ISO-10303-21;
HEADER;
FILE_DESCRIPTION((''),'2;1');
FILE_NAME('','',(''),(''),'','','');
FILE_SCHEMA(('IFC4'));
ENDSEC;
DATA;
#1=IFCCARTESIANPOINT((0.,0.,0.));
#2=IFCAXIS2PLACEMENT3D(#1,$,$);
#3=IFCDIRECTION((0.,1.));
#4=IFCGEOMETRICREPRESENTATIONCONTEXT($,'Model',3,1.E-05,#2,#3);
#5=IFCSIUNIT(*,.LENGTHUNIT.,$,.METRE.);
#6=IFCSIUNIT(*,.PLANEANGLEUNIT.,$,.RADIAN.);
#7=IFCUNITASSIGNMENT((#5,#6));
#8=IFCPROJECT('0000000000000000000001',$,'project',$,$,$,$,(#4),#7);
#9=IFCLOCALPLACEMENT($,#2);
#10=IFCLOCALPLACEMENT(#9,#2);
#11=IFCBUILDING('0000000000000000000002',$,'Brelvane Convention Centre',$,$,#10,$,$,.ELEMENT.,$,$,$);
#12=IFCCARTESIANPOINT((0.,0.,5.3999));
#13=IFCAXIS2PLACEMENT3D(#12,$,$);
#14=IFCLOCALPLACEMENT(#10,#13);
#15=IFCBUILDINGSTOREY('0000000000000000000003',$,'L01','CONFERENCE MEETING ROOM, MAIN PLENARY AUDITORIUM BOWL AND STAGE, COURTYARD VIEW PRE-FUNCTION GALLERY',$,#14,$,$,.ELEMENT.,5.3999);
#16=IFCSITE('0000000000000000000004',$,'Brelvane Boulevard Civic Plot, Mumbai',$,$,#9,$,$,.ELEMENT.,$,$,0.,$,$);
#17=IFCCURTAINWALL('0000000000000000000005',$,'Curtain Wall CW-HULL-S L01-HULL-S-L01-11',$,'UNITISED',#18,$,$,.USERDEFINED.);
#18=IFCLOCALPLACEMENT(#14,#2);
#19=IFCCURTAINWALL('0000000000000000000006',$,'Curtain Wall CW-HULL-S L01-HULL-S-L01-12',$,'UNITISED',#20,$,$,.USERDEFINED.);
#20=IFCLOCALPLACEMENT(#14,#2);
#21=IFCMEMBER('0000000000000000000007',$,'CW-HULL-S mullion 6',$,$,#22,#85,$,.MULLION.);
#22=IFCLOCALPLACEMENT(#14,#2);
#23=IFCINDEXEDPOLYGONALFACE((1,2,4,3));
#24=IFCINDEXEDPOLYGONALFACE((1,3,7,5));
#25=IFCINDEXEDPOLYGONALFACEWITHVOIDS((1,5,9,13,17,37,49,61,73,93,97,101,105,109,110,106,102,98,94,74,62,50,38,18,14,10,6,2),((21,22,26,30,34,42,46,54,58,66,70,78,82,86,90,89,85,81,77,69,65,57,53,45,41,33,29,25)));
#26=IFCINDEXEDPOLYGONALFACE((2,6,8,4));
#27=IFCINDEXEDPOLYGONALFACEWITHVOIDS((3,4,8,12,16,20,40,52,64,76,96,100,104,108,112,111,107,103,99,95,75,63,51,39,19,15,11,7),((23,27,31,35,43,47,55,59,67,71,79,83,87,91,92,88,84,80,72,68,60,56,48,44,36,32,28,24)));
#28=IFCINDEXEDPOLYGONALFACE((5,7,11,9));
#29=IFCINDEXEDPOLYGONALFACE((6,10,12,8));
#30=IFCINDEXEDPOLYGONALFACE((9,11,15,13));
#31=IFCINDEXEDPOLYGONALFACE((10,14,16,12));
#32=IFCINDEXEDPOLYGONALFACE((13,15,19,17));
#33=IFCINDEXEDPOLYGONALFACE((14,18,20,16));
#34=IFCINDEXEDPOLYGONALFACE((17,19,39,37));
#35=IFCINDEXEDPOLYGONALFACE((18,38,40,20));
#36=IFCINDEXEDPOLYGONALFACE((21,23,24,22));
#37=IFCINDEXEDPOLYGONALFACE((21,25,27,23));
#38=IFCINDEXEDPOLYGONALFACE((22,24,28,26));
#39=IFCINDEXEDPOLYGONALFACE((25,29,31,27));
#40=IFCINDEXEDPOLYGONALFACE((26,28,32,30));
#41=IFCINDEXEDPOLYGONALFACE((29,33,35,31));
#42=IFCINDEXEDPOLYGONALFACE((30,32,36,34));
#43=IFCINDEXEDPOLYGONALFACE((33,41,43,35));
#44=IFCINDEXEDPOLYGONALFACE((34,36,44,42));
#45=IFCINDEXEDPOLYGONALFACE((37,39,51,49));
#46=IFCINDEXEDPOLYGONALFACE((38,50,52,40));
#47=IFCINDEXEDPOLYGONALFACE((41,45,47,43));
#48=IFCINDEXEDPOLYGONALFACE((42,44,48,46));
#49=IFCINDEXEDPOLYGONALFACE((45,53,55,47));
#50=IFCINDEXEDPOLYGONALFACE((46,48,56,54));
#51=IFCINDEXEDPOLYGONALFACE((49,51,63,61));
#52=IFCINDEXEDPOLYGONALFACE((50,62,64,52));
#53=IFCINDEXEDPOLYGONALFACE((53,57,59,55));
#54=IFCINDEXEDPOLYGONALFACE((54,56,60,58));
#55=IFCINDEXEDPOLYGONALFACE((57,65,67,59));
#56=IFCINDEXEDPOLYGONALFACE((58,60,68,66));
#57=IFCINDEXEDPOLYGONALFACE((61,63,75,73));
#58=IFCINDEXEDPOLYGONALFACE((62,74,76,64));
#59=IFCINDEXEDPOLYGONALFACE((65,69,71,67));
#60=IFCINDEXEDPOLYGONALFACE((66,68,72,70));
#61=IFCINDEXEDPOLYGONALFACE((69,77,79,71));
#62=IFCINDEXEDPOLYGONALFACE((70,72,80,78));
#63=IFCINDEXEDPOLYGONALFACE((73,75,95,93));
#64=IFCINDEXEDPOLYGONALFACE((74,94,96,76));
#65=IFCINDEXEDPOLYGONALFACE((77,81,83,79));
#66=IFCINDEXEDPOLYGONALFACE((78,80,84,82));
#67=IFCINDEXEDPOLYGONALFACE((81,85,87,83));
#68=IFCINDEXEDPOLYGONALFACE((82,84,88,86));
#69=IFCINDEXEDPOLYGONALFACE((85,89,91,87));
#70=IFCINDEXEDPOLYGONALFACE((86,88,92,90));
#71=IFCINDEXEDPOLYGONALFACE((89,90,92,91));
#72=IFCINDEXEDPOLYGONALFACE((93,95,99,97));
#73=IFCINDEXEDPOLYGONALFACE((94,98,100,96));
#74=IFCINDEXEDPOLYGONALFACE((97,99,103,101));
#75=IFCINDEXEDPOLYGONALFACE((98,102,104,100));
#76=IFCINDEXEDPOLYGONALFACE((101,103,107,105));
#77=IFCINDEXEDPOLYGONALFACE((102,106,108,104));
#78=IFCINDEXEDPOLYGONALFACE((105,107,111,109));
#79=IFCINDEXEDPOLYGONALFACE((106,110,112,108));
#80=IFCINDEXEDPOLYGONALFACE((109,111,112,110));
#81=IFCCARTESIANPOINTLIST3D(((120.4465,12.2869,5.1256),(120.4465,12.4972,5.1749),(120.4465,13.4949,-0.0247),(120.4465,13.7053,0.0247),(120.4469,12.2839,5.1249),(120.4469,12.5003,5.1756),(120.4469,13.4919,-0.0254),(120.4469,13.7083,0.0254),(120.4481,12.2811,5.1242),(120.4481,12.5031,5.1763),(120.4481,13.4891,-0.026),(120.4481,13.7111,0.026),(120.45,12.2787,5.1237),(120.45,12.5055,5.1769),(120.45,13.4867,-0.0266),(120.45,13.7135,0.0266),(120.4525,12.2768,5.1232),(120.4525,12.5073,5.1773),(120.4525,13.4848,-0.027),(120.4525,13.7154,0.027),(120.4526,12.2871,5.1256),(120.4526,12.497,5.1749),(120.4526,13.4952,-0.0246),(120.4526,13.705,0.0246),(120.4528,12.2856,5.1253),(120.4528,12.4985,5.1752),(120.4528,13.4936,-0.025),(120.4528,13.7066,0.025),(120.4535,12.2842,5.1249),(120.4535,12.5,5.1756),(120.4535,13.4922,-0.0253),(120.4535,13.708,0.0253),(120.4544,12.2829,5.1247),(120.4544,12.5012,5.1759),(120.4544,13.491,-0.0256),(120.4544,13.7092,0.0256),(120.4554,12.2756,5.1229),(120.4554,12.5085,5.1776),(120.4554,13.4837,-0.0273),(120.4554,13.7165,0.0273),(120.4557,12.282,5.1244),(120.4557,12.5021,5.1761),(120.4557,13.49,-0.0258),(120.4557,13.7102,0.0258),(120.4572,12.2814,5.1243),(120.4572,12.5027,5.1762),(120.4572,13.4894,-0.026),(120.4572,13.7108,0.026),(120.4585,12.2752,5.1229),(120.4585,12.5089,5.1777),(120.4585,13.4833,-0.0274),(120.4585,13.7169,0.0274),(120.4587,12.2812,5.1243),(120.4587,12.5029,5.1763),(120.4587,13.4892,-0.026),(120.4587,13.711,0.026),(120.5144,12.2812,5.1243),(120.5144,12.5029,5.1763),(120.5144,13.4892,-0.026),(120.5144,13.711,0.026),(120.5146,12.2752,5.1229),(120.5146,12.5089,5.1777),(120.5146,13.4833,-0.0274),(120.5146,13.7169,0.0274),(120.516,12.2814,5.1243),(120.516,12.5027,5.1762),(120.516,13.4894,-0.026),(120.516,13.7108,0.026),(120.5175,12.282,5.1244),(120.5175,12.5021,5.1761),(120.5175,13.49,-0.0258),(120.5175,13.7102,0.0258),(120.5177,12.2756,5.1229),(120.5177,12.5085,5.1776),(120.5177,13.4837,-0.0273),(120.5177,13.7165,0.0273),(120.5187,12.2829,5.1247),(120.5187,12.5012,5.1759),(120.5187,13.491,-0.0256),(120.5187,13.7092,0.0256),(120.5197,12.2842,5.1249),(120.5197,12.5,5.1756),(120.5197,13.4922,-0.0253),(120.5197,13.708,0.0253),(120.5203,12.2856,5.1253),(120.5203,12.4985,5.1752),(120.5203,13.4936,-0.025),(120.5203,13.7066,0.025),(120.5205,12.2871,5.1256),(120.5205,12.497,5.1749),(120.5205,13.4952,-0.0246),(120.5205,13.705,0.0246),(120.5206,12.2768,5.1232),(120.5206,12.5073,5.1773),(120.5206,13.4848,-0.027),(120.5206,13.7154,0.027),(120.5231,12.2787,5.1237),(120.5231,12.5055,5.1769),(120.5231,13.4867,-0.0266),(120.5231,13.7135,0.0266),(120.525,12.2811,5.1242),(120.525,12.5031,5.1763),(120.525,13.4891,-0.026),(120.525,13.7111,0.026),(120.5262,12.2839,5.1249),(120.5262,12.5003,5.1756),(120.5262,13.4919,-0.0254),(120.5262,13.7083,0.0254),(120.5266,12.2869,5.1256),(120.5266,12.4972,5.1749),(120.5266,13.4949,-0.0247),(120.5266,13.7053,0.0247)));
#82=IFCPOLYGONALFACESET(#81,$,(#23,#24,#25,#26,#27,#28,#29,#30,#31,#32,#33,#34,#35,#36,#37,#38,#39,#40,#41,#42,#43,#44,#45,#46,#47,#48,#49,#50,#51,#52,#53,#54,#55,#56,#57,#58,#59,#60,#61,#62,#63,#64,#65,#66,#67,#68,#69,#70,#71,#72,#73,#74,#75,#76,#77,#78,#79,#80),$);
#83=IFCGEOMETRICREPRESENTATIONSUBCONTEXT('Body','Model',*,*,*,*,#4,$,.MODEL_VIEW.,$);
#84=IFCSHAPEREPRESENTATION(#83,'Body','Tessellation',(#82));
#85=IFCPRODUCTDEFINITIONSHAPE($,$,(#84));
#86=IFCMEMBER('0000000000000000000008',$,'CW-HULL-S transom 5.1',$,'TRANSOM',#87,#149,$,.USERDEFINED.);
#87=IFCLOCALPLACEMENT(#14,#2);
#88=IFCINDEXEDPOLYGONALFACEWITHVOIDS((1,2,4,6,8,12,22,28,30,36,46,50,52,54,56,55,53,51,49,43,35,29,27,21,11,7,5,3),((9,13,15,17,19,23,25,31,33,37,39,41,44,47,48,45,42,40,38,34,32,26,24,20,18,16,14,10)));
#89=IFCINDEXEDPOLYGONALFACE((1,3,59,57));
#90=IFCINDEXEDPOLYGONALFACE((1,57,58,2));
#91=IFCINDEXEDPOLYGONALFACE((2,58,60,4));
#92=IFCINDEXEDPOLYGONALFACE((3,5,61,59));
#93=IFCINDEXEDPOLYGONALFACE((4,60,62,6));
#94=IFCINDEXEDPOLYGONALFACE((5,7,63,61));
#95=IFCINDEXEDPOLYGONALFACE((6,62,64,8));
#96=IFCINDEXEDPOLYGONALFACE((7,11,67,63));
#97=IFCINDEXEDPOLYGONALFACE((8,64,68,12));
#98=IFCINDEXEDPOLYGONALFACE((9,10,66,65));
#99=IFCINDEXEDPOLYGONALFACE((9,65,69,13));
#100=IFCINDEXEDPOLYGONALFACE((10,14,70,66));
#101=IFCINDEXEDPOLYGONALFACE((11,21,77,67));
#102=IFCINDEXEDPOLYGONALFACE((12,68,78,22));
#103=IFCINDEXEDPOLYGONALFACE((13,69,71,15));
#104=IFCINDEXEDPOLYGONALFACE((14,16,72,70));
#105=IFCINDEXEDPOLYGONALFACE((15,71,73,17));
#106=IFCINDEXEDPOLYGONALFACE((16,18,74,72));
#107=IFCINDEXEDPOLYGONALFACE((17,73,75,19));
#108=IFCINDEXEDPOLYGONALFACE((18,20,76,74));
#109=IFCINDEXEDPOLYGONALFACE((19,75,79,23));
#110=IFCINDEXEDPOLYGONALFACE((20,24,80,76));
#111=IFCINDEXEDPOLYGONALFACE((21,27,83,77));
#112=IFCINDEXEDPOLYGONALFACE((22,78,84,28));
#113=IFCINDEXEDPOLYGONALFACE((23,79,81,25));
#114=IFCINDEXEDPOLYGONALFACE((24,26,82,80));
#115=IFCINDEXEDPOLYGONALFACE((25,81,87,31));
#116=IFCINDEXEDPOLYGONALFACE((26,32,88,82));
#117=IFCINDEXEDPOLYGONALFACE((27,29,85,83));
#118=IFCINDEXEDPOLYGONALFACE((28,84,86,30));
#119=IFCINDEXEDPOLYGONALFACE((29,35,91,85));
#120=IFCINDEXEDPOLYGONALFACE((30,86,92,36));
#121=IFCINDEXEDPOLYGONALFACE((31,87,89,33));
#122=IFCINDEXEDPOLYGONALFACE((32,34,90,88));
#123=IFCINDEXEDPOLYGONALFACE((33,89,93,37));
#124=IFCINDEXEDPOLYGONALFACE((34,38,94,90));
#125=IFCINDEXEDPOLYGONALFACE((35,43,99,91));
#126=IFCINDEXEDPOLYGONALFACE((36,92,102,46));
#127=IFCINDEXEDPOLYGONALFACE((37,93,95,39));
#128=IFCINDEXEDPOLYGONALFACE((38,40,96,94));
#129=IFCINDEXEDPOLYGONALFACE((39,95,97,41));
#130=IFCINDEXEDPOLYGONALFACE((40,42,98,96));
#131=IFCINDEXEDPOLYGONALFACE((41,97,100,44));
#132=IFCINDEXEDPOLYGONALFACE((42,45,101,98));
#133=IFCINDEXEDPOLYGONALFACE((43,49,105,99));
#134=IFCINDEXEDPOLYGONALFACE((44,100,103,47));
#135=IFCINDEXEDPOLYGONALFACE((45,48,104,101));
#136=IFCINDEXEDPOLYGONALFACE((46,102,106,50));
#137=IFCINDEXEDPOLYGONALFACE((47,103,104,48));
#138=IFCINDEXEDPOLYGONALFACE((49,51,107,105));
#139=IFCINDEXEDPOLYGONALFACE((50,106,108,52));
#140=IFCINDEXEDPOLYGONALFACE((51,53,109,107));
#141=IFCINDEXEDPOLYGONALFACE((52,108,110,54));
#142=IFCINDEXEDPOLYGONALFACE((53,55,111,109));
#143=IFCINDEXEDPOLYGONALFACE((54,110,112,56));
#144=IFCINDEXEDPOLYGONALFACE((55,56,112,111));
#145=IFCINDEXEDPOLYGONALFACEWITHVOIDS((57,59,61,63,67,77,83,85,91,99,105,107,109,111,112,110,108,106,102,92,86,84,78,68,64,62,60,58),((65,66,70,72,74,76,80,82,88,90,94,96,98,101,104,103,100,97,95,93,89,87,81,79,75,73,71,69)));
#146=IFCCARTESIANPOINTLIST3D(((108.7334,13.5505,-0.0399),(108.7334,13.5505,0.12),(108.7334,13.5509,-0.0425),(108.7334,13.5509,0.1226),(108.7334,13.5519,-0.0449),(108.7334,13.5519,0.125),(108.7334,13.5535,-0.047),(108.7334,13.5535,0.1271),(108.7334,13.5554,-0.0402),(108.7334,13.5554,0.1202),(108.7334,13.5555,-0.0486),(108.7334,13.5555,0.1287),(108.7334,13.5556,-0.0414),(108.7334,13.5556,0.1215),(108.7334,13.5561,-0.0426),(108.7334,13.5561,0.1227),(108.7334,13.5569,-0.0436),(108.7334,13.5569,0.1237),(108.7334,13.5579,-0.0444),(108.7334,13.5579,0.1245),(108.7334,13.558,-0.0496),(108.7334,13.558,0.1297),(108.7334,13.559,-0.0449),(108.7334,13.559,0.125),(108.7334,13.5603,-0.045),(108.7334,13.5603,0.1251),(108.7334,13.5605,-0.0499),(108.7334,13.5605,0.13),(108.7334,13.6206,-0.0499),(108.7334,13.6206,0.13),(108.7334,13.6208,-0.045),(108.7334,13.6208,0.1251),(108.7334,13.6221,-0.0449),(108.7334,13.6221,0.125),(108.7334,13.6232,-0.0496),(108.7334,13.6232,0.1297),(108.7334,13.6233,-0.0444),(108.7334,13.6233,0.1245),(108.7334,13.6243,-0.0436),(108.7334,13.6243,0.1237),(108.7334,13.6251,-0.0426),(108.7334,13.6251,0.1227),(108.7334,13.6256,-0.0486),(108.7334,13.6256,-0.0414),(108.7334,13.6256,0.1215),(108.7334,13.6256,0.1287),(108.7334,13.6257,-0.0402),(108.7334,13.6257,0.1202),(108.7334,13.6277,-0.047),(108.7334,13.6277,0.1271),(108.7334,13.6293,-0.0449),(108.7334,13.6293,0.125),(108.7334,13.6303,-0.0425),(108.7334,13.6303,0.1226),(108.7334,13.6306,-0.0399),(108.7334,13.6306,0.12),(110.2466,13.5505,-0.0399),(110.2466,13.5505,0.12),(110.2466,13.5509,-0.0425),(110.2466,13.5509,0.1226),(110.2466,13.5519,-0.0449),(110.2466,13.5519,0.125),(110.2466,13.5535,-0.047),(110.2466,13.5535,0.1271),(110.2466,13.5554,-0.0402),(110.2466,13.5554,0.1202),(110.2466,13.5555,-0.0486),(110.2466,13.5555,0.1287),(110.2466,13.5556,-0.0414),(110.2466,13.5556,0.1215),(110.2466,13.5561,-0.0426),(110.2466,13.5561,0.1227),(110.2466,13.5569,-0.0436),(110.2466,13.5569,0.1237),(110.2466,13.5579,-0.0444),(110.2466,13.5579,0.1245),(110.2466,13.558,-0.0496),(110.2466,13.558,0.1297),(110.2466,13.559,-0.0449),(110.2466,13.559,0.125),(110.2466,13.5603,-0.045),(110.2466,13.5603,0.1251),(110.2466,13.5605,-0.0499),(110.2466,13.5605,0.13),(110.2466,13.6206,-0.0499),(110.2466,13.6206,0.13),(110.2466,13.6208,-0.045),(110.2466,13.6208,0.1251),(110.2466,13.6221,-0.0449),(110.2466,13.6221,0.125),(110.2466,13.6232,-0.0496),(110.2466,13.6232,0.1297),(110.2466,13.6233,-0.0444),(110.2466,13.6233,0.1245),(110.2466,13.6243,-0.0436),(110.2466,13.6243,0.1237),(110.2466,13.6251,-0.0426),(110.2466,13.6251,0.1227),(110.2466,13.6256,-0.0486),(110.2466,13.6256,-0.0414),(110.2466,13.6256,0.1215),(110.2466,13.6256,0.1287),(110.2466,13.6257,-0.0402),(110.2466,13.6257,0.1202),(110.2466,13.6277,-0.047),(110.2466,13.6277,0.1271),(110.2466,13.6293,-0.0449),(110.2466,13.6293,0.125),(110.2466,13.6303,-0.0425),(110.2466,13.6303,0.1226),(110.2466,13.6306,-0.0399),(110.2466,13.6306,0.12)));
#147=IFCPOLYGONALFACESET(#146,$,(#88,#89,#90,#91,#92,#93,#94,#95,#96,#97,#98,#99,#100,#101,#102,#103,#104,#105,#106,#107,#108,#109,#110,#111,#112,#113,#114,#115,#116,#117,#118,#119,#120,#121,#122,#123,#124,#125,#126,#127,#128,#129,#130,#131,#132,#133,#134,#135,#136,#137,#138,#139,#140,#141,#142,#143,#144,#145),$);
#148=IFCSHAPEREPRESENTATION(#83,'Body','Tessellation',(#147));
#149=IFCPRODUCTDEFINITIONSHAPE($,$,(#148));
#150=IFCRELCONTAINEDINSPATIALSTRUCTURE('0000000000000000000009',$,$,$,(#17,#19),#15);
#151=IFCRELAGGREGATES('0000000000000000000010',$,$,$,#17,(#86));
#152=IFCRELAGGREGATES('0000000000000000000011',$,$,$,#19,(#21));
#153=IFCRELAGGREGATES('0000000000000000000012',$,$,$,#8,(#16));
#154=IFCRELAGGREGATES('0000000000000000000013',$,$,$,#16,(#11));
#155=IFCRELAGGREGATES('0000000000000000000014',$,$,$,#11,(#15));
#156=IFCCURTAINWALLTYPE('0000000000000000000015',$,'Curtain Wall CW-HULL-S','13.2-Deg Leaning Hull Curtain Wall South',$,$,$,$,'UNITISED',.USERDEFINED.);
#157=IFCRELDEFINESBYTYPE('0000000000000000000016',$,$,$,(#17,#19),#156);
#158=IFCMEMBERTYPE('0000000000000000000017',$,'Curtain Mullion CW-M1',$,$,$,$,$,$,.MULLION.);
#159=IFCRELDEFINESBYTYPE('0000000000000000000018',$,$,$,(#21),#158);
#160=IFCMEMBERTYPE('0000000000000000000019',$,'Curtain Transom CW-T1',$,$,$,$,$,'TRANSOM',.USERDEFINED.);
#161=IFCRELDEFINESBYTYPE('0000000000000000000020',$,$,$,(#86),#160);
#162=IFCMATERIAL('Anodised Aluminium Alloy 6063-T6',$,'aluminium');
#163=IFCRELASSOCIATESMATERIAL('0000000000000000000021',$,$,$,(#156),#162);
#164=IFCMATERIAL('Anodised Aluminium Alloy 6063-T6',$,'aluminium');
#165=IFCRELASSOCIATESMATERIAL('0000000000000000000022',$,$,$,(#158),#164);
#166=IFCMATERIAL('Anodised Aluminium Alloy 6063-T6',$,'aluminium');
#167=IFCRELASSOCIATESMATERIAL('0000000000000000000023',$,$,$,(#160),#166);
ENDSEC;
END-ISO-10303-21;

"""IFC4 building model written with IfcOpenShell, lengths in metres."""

from ifc_helpers import new_model, si_unit, direction, frame, origin, origin_2d, place, context, subcontext, project, spatial, hollow_rectangle, extrude, material, material_profile, profile_set, type_object, element, aggregate, save


model = new_model("IFC4")

# Units and contexts
model_context = context("Model", 3, precision=1e-05, world=origin(), true_north=direction((0.0, 1.0)))
body_context = subcontext(model_context, "Body", "Model", "MODEL_VIEW")
ifc_project = project(units=[si_unit("LENGTHUNIT", "METRE"), si_unit("PLANEANGLEUNIT", "RADIAN")], contexts=[model_context])

# Site, building, storey
site_placement = place(None, origin())
site = spatial("IfcSite", under=ifc_project, at=site_placement, Name="Brelvane Boulevard Civic Plot, Mumbai", CompositionType="ELEMENT", RefElevation=0.0)
building_placement = place(site_placement, origin())
building = spatial("IfcBuilding", under=site, at=building_placement, Name="Brelvane Convention Centre", CompositionType="ELEMENT")
storey_placement = place(building_placement, frame((0.0, 0.0, 5.3999)))
storey = spatial("IfcBuildingStorey", under=building, at=storey_placement, Name="L01", Description="CONFERENCE MEETING ROOM, MAIN PLENARY AUDITORIUM BOWL AND STAGE, COURTYARD VIEW PRE-FUNCTION GALLERY", CompositionType="ELEMENT", Elevation=5.3999)

# Curtain walls, member
ifc_material_1 = material(Name="Anodised Aluminium Alloy 6063-T6", Category="aluminium")
curtain_wall_type = type_object("IfcCurtainWallType", Name="Curtain Wall CW-HULL-S", Description="13.2-Deg Leaning Hull Curtain Wall South", ElementType="UNITISED", PredefinedType="USERDEFINED", material=ifc_material_1)
curtain_wall_1_placement = place(storey_placement, origin())
curtain_wall_1 = element("IfcCurtainWall", 1, at=curtain_wall_1_placement, inside=storey, type_object=curtain_wall_type, Name="Curtain Wall CW-HULL-S L01-HULL-S-L01-11", ObjectType="UNITISED", PredefinedType="USERDEFINED")
ifc_material_2 = material(Name="Anodised Aluminium Alloy 6063-T6", Category="aluminium")
ifc_material_profile_1 = material_profile(ifc_material_2, hollow_rectangle(XDim=0.0801, YDim=0.24, WallThickness=0.0061, InnerFilletRadius=0.0061, OuterFilletRadius=0.012, at=origin_2d()), Name="ALU-M 240x80x6.0")
ifc_profile_set_1 = profile_set([ifc_material_profile_1], Name="Anodised Aluminium Alloy 6063-T6")
member_type_1 = type_object("IfcMemberType", Name="Curtain Mullion CW-M1", PredefinedType="MULLION", material=ifc_profile_set_1)
curtain_wall_2_placement = place(storey_placement, origin())
curtain_wall_2 = element("IfcCurtainWall", 2, at=curtain_wall_2_placement, inside=storey, type_object=curtain_wall_type, Name="Curtain Wall CW-HULL-S L01-HULL-S-L01-12", ObjectType="UNITISED", PredefinedType="USERDEFINED")
member_1_placement = place(storey_placement, frame((120.4866, 13.6001, 0.0), z_axis=(0.0, -0.22836, 0.973577), x_axis=(1.0, 0.0, 0.0)))
member_1 = element("IfcMember", 3, at=member_1_placement, type_object=member_type_1, Name="CW-HULL-S mullion 6", PredefinedType="MULLION", context=body_context, shape_type="SweptSolid", body=[
    extrude(hollow_rectangle(XDim=0.0801, YDim=0.24, WallThickness=0.0061, InnerFilletRadius=0.0061, OuterFilletRadius=0.012, at=origin_2d()), origin(), (0.0, 0.0, 1.0), 5.29),
])

# Member
ifc_material_3 = material(Name="Anodised Aluminium Alloy 6063-T6", Category="aluminium")
ifc_material_profile_2 = material_profile(ifc_material_3, hollow_rectangle(XDim=0.0801, YDim=0.1799, WallThickness=0.0049, InnerFilletRadius=0.0049, OuterFilletRadius=0.01, at=origin_2d()), Name="ALU-T 180x80x5.0")
ifc_profile_set_2 = profile_set([ifc_material_profile_2], Name="Anodised Aluminium Alloy 6063-T6")
member_type_2 = type_object("IfcMemberType", Name="Curtain Transom CW-T1", ElementType="TRANSOM", PredefinedType="USERDEFINED", material=ifc_profile_set_2)
member_2_placement = place(storey_placement, frame((108.7334, 13.5906, 0.04), z_axis=(1.0, 0.0, 0.0), x_axis=(0.0, 1.0, 0.0)))
member_2 = element("IfcMember", 4, at=member_2_placement, type_object=member_type_2, Name="CW-HULL-S transom 5.1", ObjectType="TRANSOM", PredefinedType="USERDEFINED", context=body_context, shape_type="SweptSolid", body=[
    extrude(hollow_rectangle(XDim=0.0801, YDim=0.1799, WallThickness=0.0049, InnerFilletRadius=0.0049, OuterFilletRadius=0.01, at=origin_2d()), origin(), (0.0, 0.0, 1.0), 1.5132),
])

aggregate(curtain_wall_1, [member_2])
aggregate(curtain_wall_2, [member_1])

save(model, "model.ifc")
